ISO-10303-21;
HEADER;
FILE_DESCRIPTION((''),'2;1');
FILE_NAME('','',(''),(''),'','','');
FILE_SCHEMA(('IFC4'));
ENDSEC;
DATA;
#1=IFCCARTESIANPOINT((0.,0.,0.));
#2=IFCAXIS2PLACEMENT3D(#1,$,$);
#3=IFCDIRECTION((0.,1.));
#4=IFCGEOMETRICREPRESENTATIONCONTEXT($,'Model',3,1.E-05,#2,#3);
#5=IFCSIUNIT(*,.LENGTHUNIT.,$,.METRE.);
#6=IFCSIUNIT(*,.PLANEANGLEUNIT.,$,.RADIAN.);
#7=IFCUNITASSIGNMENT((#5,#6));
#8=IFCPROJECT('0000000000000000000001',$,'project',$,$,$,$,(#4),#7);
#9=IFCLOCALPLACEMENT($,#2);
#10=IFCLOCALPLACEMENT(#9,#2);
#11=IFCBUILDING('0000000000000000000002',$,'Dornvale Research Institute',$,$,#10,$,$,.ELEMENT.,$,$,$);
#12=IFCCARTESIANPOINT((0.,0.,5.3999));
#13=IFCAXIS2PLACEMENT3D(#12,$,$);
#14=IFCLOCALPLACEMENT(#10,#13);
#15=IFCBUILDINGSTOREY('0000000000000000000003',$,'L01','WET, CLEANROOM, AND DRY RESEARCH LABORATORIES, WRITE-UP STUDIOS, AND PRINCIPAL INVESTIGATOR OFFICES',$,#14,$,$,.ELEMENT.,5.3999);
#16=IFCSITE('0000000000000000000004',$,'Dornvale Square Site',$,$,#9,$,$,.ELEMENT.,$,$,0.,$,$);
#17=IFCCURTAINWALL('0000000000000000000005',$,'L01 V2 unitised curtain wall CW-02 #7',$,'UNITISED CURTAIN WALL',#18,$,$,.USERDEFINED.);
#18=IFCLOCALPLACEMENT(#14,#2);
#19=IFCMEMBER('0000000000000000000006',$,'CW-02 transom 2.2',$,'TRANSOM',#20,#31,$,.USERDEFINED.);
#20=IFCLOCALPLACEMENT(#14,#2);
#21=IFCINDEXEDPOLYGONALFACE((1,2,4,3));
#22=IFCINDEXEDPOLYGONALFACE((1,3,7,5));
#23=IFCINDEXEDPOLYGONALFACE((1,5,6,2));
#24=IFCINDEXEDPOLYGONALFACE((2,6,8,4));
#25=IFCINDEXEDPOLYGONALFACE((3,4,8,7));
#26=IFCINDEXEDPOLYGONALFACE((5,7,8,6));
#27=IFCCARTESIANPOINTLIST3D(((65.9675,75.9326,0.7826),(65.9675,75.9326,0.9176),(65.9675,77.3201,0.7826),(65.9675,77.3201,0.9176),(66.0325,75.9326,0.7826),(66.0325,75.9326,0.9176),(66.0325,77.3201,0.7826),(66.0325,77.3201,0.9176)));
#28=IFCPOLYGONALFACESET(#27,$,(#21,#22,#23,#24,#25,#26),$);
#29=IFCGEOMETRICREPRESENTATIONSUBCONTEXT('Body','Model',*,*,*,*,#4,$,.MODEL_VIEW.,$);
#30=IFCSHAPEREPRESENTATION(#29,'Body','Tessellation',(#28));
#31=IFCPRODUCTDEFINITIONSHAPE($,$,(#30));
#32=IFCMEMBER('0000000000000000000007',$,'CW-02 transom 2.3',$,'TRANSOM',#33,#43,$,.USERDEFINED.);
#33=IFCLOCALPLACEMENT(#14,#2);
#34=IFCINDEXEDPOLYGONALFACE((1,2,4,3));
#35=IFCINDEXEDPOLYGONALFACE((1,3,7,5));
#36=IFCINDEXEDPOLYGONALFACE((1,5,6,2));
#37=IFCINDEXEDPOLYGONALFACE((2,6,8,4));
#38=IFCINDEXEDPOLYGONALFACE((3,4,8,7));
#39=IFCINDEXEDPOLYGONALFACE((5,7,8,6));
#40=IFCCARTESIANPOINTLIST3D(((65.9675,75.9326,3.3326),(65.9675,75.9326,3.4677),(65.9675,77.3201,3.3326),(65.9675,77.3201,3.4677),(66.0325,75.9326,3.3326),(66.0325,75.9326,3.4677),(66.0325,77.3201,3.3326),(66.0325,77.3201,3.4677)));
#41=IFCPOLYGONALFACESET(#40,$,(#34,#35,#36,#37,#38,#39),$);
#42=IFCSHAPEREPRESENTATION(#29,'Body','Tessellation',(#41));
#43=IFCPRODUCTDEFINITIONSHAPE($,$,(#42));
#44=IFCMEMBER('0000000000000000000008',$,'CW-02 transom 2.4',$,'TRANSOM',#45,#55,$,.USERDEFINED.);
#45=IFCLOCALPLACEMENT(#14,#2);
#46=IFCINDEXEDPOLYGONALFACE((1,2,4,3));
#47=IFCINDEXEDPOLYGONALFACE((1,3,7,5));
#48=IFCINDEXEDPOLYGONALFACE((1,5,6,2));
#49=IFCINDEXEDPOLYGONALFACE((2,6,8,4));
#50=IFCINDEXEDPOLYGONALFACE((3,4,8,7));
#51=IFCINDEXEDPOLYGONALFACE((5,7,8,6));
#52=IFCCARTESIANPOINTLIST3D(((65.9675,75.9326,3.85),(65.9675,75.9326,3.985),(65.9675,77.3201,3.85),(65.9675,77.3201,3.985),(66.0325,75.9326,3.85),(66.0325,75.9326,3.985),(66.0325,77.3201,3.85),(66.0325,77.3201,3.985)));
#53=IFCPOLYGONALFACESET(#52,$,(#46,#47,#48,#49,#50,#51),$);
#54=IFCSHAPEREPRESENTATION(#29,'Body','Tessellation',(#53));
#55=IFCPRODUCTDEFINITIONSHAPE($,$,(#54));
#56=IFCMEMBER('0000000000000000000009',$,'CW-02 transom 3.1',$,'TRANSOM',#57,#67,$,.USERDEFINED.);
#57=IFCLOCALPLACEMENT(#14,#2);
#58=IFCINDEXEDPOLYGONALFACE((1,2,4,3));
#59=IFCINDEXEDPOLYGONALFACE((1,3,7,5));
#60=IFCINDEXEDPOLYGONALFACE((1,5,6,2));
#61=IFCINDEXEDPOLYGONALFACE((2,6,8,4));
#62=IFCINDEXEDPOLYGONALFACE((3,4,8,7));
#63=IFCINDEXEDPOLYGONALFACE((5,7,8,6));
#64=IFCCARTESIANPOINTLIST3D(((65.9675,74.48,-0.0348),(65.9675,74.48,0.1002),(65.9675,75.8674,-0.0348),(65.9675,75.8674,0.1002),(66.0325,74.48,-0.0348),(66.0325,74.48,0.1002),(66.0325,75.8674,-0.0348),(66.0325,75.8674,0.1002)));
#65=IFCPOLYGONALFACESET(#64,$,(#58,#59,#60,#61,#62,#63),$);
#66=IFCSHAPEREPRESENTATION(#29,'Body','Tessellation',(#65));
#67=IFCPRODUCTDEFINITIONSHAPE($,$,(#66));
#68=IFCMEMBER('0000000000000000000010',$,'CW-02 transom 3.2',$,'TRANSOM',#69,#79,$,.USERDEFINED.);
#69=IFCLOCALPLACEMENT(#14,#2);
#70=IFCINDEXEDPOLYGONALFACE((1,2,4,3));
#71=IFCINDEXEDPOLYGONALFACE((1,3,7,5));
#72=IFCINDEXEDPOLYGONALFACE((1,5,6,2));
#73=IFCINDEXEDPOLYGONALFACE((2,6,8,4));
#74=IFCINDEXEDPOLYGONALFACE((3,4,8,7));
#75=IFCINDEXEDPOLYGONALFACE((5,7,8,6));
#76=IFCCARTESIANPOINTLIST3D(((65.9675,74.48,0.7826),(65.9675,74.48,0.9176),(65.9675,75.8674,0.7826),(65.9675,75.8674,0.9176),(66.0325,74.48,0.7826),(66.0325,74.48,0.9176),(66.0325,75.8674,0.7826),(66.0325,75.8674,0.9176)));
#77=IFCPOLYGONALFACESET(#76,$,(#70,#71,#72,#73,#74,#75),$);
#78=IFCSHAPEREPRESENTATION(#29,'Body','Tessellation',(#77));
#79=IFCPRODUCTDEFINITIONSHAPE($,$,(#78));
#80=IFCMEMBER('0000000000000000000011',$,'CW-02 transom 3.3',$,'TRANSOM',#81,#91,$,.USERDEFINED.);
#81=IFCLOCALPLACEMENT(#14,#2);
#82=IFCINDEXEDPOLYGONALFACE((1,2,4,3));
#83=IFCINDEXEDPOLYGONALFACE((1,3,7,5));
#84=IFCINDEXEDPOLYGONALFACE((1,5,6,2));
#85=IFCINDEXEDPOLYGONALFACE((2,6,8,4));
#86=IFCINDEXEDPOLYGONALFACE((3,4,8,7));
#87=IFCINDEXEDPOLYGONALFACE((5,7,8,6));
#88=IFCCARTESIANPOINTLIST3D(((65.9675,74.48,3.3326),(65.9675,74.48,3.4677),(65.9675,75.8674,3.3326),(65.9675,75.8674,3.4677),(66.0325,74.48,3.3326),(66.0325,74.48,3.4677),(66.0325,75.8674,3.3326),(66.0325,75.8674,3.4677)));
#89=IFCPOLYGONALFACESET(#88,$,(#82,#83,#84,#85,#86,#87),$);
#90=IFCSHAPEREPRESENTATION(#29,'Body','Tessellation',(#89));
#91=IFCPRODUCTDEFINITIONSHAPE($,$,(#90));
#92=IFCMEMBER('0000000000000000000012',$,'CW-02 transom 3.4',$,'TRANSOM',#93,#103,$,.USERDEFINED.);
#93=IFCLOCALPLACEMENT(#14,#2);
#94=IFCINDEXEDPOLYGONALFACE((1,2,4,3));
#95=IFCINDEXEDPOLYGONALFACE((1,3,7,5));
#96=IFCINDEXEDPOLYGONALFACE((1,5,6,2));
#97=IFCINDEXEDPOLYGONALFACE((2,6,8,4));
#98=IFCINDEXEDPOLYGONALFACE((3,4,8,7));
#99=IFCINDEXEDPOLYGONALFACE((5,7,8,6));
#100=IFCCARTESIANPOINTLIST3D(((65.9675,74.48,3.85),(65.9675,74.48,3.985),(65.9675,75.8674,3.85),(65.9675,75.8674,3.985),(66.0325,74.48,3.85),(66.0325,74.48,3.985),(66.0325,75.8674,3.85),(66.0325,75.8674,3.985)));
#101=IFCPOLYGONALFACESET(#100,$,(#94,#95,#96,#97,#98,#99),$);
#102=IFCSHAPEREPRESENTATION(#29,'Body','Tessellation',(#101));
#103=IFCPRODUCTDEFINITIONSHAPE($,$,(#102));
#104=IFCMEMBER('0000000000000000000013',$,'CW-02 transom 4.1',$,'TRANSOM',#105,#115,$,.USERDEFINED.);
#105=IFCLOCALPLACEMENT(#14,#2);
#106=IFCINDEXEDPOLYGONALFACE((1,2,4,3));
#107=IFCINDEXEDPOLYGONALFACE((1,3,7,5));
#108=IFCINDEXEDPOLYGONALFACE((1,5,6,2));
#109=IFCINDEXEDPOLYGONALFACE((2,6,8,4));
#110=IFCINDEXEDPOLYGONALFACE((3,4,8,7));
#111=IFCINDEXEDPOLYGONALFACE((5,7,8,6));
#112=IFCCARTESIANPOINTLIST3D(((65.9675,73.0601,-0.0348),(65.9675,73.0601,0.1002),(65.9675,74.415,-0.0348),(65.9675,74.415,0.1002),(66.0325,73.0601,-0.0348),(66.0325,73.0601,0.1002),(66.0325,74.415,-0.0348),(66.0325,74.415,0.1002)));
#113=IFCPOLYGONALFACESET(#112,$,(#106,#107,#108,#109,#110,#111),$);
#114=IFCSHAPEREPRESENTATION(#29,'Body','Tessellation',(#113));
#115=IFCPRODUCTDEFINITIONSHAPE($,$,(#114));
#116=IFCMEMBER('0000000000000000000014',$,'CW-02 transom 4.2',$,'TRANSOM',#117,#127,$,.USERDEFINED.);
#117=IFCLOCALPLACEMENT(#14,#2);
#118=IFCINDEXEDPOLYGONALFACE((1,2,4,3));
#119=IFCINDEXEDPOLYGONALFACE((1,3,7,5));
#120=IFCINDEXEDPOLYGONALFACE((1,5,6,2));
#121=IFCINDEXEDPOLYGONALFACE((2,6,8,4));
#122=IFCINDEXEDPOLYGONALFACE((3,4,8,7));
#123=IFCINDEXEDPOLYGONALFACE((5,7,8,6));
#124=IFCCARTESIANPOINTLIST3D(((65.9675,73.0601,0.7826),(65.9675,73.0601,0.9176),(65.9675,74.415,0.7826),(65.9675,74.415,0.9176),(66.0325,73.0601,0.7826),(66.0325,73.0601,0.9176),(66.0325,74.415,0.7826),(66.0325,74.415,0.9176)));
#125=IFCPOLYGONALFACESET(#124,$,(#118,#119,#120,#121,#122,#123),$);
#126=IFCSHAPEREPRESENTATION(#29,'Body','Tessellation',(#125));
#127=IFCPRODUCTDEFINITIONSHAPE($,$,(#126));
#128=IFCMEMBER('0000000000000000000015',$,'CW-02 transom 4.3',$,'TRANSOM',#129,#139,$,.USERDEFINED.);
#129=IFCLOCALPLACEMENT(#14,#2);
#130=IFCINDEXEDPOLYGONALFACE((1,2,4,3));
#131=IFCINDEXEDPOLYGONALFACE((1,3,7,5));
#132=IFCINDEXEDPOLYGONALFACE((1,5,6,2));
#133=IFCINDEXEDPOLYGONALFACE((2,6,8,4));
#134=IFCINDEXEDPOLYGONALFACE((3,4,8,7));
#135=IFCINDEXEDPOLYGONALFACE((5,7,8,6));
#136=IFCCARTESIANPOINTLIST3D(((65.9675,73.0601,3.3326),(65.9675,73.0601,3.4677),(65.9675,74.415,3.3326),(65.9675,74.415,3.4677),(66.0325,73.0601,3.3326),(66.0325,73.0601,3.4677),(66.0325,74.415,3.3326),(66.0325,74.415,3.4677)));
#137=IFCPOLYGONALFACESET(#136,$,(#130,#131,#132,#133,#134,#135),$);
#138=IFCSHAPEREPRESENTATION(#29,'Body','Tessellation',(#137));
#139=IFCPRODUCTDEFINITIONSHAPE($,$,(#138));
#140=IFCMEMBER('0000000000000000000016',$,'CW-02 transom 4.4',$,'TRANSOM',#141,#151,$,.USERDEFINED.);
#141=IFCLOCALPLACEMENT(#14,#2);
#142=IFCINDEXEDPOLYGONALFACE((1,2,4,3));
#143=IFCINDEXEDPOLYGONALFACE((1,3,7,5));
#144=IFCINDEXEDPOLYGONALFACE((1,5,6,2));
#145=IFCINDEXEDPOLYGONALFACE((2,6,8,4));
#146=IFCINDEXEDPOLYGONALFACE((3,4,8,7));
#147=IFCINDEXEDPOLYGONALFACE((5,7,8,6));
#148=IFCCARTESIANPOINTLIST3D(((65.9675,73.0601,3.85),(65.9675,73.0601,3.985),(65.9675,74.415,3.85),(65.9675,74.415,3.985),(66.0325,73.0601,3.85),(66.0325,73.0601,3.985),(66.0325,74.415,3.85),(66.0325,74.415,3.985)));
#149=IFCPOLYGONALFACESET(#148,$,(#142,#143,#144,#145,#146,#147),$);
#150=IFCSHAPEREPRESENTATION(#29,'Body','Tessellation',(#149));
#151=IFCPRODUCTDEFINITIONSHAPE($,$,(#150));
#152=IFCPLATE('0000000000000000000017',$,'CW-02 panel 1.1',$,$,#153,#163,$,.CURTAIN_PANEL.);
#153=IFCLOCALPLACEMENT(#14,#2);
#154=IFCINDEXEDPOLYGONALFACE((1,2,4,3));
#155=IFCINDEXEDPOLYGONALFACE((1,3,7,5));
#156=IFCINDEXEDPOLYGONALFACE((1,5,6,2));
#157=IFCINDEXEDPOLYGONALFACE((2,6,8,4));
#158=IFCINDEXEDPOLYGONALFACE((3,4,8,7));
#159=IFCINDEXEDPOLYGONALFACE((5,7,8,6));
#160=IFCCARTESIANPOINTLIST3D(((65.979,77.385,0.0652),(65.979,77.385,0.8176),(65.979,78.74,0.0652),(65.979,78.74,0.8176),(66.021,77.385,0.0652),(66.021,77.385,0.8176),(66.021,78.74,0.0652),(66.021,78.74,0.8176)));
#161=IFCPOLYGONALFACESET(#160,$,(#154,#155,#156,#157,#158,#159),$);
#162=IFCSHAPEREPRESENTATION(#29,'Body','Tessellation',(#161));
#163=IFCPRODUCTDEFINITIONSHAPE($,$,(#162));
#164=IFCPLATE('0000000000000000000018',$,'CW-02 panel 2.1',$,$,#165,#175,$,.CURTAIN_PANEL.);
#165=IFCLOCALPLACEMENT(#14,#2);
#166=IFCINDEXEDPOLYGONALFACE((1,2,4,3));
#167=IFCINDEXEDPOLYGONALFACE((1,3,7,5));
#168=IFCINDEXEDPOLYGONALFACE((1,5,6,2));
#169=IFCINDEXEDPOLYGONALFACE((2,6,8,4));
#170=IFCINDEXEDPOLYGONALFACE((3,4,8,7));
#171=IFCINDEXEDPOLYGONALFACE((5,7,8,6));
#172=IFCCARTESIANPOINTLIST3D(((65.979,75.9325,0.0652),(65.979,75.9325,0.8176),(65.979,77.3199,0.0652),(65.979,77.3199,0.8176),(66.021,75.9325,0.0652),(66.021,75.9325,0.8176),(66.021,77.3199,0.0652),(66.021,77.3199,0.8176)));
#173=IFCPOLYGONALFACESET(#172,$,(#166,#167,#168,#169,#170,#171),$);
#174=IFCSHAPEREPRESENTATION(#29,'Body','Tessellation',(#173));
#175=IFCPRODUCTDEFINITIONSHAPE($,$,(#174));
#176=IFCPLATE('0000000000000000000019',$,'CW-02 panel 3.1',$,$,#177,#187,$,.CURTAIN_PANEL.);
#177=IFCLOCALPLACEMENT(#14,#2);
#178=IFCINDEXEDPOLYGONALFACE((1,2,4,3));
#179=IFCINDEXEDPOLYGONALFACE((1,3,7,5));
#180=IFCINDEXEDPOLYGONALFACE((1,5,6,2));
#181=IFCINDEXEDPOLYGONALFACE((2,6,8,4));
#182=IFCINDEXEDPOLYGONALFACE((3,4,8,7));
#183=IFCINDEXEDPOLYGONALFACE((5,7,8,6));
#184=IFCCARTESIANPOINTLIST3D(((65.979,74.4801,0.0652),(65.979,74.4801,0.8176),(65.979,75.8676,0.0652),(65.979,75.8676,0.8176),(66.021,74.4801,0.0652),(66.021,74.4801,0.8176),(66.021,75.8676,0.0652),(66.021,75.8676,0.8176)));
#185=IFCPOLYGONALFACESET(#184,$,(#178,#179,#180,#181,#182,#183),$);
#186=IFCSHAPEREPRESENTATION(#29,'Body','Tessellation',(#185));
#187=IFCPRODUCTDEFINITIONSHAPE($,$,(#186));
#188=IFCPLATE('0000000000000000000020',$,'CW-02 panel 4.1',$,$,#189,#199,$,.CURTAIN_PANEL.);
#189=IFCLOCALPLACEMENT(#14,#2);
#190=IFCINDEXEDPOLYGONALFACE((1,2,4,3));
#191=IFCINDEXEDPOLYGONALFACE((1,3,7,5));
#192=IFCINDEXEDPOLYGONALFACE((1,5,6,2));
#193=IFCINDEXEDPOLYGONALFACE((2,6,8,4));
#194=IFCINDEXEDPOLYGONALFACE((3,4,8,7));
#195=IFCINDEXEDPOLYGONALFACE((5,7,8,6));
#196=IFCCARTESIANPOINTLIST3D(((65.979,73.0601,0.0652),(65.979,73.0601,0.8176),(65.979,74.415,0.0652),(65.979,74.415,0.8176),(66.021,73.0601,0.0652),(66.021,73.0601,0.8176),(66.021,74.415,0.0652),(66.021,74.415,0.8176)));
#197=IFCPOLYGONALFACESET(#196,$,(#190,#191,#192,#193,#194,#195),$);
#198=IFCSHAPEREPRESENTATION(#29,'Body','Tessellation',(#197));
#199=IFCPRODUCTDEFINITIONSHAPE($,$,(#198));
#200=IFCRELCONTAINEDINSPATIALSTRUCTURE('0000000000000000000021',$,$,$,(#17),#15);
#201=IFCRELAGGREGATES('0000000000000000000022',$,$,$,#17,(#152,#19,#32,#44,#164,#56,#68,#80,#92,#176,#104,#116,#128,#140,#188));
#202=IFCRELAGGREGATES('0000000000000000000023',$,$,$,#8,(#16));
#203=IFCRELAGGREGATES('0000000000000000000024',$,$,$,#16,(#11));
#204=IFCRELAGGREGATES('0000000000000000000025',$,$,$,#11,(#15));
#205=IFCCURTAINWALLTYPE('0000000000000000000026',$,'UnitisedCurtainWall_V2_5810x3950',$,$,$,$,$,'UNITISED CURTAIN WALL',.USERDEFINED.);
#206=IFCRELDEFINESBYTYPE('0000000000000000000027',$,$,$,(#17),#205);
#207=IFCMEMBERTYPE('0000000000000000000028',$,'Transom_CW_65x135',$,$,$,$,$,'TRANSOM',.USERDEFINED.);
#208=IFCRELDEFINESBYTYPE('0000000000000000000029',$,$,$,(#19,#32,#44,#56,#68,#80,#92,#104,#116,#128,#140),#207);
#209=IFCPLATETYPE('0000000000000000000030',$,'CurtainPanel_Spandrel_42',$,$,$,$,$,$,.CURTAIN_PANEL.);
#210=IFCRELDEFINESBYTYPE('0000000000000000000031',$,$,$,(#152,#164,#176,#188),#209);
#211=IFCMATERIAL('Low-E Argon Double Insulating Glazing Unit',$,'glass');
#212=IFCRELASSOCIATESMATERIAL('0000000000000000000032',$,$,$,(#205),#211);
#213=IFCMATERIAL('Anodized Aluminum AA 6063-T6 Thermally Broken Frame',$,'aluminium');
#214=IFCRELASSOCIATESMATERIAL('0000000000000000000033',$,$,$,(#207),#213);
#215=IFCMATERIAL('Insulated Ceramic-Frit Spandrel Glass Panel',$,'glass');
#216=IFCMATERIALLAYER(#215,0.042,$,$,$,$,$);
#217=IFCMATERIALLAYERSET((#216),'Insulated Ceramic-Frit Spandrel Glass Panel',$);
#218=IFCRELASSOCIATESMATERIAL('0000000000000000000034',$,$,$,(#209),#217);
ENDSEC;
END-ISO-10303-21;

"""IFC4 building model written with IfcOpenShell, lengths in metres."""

from ifc_helpers import new_model, si_unit, direction, frame, origin, origin_2d, place, context, subcontext, project, spatial, rectangle, extrude, material, layer, layer_set, material_profile, profile_set, type_object, element, aggregate, save


model = new_model("IFC4")

# Units and contexts
model_context = context("Model", 3, precision=1e-05, world=origin(), true_north=direction((0.0, 1.0)))
body_context = subcontext(model_context, "Body", "Model", "MODEL_VIEW")
ifc_project = project(units=[si_unit("LENGTHUNIT", "METRE"), si_unit("PLANEANGLEUNIT", "RADIAN")], contexts=[model_context])

# Site, building, storey
site_placement = place(None, origin())
site = spatial("IfcSite", under=ifc_project, at=site_placement, Name="Dornvale Square Site", CompositionType="ELEMENT", RefElevation=0.0)
building_placement = place(site_placement, origin())
building = spatial("IfcBuilding", under=site, at=building_placement, Name="Dornvale Research Institute", CompositionType="ELEMENT")
storey_placement = place(building_placement, frame((0.0, 0.0, 5.3999)))
storey = spatial("IfcBuildingStorey", under=building, at=storey_placement, Name="L01", Description="WET, CLEANROOM, AND DRY RESEARCH LABORATORIES, WRITE-UP STUDIOS, AND PRINCIPAL INVESTIGATOR OFFICES", CompositionType="ELEMENT", Elevation=5.3999)

# Curtain wall
ifc_material_1 = material(Name="Low-E Argon Double Insulating Glazing Unit", Category="glass")
curtain_wall_type = type_object("IfcCurtainWallType", Name="UnitisedCurtainWall_V2_5810x3950", ElementType="UNITISED CURTAIN WALL", PredefinedType="USERDEFINED", material=ifc_material_1)
curtain_wall_1_placement = place(storey_placement, origin())
curtain_wall_1 = element("IfcCurtainWall", 1, at=curtain_wall_1_placement, inside=storey, type_object=curtain_wall_type, Name="L01 V2 unitised curtain wall CW-02 #7", ObjectType="UNITISED CURTAIN WALL", PredefinedType="USERDEFINED")

# Members
ifc_material_2 = material(Name="Anodized Aluminum AA 6063-T6 Thermally Broken Frame", Category="aluminium")
ifc_material_profile_1 = material_profile(ifc_material_2, rectangle(XDim=0.0649, YDim=0.135, at=origin_2d()), Name="ALU TRANSOM 65x135")
ifc_profile_set_1 = profile_set([ifc_material_profile_1], Name="Anodized Aluminum AA 6063-T6 Thermally Broken Frame")
member_type_1 = type_object("IfcMemberType", Name="Transom_CW_65x135", ElementType="TRANSOM", PredefinedType="USERDEFINED", material=ifc_profile_set_1)
member_1_placement = place(storey_placement, frame((66.0, 77.3201, 0.8501), z_axis=(0.0, -1.0, 0.0), x_axis=(1.0, 0.0, 0.0)))
member_1 = element("IfcMember", 2, at=member_1_placement, type_object=member_type_1, Name="CW-02 transom 2.2", ObjectType="TRANSOM", PredefinedType="USERDEFINED", context=body_context, shape_type="SweptSolid", body=[
    extrude(rectangle(XDim=0.0649, YDim=0.135, at=origin_2d()), origin(), (0.0, 0.0, 1.0), 1.3875),
])
member_2_placement = place(storey_placement, frame((66.0, 77.3201, 3.4001), z_axis=(0.0, -1.0, 0.0), x_axis=(1.0, 0.0, 0.0)))
member_2 = element("IfcMember", 3, at=member_2_placement, type_object=member_type_1, Name="CW-02 transom 2.3", ObjectType="TRANSOM", PredefinedType="USERDEFINED", context=body_context, shape_type="SweptSolid", body=[
    extrude(rectangle(XDim=0.0649, YDim=0.135, at=origin_2d()), origin(), (0.0, 0.0, 1.0), 1.3875),
])
member_3_placement = place(storey_placement, frame((66.0, 77.3201, 3.9175), z_axis=(0.0, -1.0, 0.0), x_axis=(1.0, 0.0, 0.0)))
member_3 = element("IfcMember", 4, at=member_3_placement, type_object=member_type_1, Name="CW-02 transom 2.4", ObjectType="TRANSOM", PredefinedType="USERDEFINED", context=body_context, shape_type="SweptSolid", body=[
    extrude(rectangle(XDim=0.0649, YDim=0.135, at=origin_2d()), origin(), (0.0, 0.0, 1.0), 1.3875),
])
member_4_placement = place(storey_placement, frame((66.0, 75.8674, 0.0327), z_axis=(0.0, -1.0, 0.0), x_axis=(1.0, 0.0, 0.0)))
member_4 = element("IfcMember", 5, at=member_4_placement, type_object=member_type_1, Name="CW-02 transom 3.1", ObjectType="TRANSOM", PredefinedType="USERDEFINED", context=body_context, shape_type="SweptSolid", body=[
    extrude(rectangle(XDim=0.0649, YDim=0.135, at=origin_2d()), origin(), (0.0, 0.0, 1.0), 1.3875),
])
member_5_placement = place(storey_placement, frame((66.0, 75.8674, 0.8501), z_axis=(0.0, -1.0, 0.0), x_axis=(1.0, 0.0, 0.0)))
member_5 = element("IfcMember", 6, at=member_5_placement, type_object=member_type_1, Name="CW-02 transom 3.2", ObjectType="TRANSOM", PredefinedType="USERDEFINED", context=body_context, shape_type="SweptSolid", body=[
    extrude(rectangle(XDim=0.0649, YDim=0.135, at=origin_2d()), origin(), (0.0, 0.0, 1.0), 1.3875),
])
member_6_placement = place(storey_placement, frame((66.0, 75.8674, 3.4001), z_axis=(0.0, -1.0, 0.0), x_axis=(1.0, 0.0, 0.0)))
member_6 = element("IfcMember", 7, at=member_6_placement, type_object=member_type_1, Name="CW-02 transom 3.3", ObjectType="TRANSOM", PredefinedType="USERDEFINED", context=body_context, shape_type="SweptSolid", body=[
    extrude(rectangle(XDim=0.0649, YDim=0.135, at=origin_2d()), origin(), (0.0, 0.0, 1.0), 1.3875),
])
member_7_placement = place(storey_placement, frame((66.0, 75.8674, 3.9175), z_axis=(0.0, -1.0, 0.0), x_axis=(1.0, 0.0, 0.0)))
member_7 = element("IfcMember", 8, at=member_7_placement, type_object=member_type_1, Name="CW-02 transom 3.4", ObjectType="TRANSOM", PredefinedType="USERDEFINED", context=body_context, shape_type="SweptSolid", body=[
    extrude(rectangle(XDim=0.0649, YDim=0.135, at=origin_2d()), origin(), (0.0, 0.0, 1.0), 1.3875),
])
member_8_placement = place(storey_placement, frame((66.0, 74.415, 0.0327), z_axis=(0.0, -1.0, 0.0), x_axis=(1.0, 0.0, 0.0)))
member_8 = element("IfcMember", 9, at=member_8_placement, type_object=member_type_1, Name="CW-02 transom 4.1", ObjectType="TRANSOM", PredefinedType="USERDEFINED", context=body_context, shape_type="SweptSolid", body=[
    extrude(rectangle(XDim=0.0649, YDim=0.135, at=origin_2d()), origin(), (0.0, 0.0, 1.0), 1.355),
])
member_9_placement = place(storey_placement, frame((66.0, 74.415, 0.8501), z_axis=(0.0, -1.0, 0.0), x_axis=(1.0, 0.0, 0.0)))
member_9 = element("IfcMember", 10, at=member_9_placement, type_object=member_type_1, Name="CW-02 transom 4.2", ObjectType="TRANSOM", PredefinedType="USERDEFINED", context=body_context, shape_type="SweptSolid", body=[
    extrude(rectangle(XDim=0.0649, YDim=0.135, at=origin_2d()), origin(), (0.0, 0.0, 1.0), 1.355),
])
member_10_placement = place(storey_placement, frame((66.0, 74.415, 3.4001), z_axis=(0.0, -1.0, 0.0), x_axis=(1.0, 0.0, 0.0)))
member_10 = element("IfcMember", 11, at=member_10_placement, type_object=member_type_1, Name="CW-02 transom 4.3", ObjectType="TRANSOM", PredefinedType="USERDEFINED", context=body_context, shape_type="SweptSolid", body=[
    extrude(rectangle(XDim=0.0649, YDim=0.135, at=origin_2d()), origin(), (0.0, 0.0, 1.0), 1.355),
])
member_11_placement = place(storey_placement, frame((66.0, 74.415, 3.9175), z_axis=(0.0, -1.0, 0.0), x_axis=(1.0, 0.0, 0.0)))
member_11 = element("IfcMember", 12, at=member_11_placement, type_object=member_type_1, Name="CW-02 transom 4.4", ObjectType="TRANSOM", PredefinedType="USERDEFINED", context=body_context, shape_type="SweptSolid", body=[
    extrude(rectangle(XDim=0.0649, YDim=0.135, at=origin_2d()), origin(), (0.0, 0.0, 1.0), 1.355),
])

# Plates
ifc_material_3 = material(Name="Insulated Ceramic-Frit Spandrel Glass Panel", Category="glass")
ifc_layer_1 = layer(ifc_material_3, 0.042)
ifc_layer_set_1 = layer_set([ifc_layer_1], Name="Insulated Ceramic-Frit Spandrel Glass Panel")
plate_type_1 = type_object("IfcPlateType", Name="CurtainPanel_Spandrel_42", PredefinedType="CURTAIN_PANEL", material=ifc_layer_set_1)
plate_1_placement = place(storey_placement, frame((66.0, 78.0625, 0.0652), z_axis=(0.0, 0.0, 1.0), x_axis=(0.0, -1.0, 0.0)))
plate_1 = element("IfcPlate", 13, at=plate_1_placement, type_object=plate_type_1, Name="CW-02 panel 1.1", PredefinedType="CURTAIN_PANEL", context=body_context, shape_type="SweptSolid", body=[
    extrude(rectangle(XDim=1.355, YDim=0.042, at=origin_2d()), origin(), (0.0, 0.0, 1.0), 0.7524),
])
plate_2_placement = place(storey_placement, frame((66.0, 76.6262, 0.0652), z_axis=(0.0, 0.0, 1.0), x_axis=(0.0, -1.0, 0.0)))
plate_2 = element("IfcPlate", 14, at=plate_2_placement, type_object=plate_type_1, Name="CW-02 panel 2.1", PredefinedType="CURTAIN_PANEL", context=body_context, shape_type="SweptSolid", body=[
    extrude(rectangle(XDim=1.3875, YDim=0.042, at=origin_2d()), origin(), (0.0, 0.0, 1.0), 0.7524),
])
plate_3_placement = place(storey_placement, frame((66.0, 75.1738, 0.0652), z_axis=(0.0, 0.0, 1.0), x_axis=(0.0, -1.0, 0.0)))
plate_3 = element("IfcPlate", 15, at=plate_3_placement, type_object=plate_type_1, Name="CW-02 panel 3.1", PredefinedType="CURTAIN_PANEL", context=body_context, shape_type="SweptSolid", body=[
    extrude(rectangle(XDim=1.3875, YDim=0.042, at=origin_2d()), origin(), (0.0, 0.0, 1.0), 0.7524),
])
plate_4_placement = place(storey_placement, frame((66.0, 73.7375, 0.0652), z_axis=(0.0, 0.0, 1.0), x_axis=(0.0, -1.0, 0.0)))
plate_4 = element("IfcPlate", 16, at=plate_4_placement, type_object=plate_type_1, Name="CW-02 panel 4.1", PredefinedType="CURTAIN_PANEL", context=body_context, shape_type="SweptSolid", body=[
    extrude(rectangle(XDim=1.355, YDim=0.042, at=origin_2d()), origin(), (0.0, 0.0, 1.0), 0.7524),
])
aggregate(curtain_wall_1, [plate_1, member_1, member_2, member_3, plate_2, member_4, member_5, member_6, member_7, plate_3, member_8, member_9, member_10, member_11, plate_4])

save(model, "model.ifc")
